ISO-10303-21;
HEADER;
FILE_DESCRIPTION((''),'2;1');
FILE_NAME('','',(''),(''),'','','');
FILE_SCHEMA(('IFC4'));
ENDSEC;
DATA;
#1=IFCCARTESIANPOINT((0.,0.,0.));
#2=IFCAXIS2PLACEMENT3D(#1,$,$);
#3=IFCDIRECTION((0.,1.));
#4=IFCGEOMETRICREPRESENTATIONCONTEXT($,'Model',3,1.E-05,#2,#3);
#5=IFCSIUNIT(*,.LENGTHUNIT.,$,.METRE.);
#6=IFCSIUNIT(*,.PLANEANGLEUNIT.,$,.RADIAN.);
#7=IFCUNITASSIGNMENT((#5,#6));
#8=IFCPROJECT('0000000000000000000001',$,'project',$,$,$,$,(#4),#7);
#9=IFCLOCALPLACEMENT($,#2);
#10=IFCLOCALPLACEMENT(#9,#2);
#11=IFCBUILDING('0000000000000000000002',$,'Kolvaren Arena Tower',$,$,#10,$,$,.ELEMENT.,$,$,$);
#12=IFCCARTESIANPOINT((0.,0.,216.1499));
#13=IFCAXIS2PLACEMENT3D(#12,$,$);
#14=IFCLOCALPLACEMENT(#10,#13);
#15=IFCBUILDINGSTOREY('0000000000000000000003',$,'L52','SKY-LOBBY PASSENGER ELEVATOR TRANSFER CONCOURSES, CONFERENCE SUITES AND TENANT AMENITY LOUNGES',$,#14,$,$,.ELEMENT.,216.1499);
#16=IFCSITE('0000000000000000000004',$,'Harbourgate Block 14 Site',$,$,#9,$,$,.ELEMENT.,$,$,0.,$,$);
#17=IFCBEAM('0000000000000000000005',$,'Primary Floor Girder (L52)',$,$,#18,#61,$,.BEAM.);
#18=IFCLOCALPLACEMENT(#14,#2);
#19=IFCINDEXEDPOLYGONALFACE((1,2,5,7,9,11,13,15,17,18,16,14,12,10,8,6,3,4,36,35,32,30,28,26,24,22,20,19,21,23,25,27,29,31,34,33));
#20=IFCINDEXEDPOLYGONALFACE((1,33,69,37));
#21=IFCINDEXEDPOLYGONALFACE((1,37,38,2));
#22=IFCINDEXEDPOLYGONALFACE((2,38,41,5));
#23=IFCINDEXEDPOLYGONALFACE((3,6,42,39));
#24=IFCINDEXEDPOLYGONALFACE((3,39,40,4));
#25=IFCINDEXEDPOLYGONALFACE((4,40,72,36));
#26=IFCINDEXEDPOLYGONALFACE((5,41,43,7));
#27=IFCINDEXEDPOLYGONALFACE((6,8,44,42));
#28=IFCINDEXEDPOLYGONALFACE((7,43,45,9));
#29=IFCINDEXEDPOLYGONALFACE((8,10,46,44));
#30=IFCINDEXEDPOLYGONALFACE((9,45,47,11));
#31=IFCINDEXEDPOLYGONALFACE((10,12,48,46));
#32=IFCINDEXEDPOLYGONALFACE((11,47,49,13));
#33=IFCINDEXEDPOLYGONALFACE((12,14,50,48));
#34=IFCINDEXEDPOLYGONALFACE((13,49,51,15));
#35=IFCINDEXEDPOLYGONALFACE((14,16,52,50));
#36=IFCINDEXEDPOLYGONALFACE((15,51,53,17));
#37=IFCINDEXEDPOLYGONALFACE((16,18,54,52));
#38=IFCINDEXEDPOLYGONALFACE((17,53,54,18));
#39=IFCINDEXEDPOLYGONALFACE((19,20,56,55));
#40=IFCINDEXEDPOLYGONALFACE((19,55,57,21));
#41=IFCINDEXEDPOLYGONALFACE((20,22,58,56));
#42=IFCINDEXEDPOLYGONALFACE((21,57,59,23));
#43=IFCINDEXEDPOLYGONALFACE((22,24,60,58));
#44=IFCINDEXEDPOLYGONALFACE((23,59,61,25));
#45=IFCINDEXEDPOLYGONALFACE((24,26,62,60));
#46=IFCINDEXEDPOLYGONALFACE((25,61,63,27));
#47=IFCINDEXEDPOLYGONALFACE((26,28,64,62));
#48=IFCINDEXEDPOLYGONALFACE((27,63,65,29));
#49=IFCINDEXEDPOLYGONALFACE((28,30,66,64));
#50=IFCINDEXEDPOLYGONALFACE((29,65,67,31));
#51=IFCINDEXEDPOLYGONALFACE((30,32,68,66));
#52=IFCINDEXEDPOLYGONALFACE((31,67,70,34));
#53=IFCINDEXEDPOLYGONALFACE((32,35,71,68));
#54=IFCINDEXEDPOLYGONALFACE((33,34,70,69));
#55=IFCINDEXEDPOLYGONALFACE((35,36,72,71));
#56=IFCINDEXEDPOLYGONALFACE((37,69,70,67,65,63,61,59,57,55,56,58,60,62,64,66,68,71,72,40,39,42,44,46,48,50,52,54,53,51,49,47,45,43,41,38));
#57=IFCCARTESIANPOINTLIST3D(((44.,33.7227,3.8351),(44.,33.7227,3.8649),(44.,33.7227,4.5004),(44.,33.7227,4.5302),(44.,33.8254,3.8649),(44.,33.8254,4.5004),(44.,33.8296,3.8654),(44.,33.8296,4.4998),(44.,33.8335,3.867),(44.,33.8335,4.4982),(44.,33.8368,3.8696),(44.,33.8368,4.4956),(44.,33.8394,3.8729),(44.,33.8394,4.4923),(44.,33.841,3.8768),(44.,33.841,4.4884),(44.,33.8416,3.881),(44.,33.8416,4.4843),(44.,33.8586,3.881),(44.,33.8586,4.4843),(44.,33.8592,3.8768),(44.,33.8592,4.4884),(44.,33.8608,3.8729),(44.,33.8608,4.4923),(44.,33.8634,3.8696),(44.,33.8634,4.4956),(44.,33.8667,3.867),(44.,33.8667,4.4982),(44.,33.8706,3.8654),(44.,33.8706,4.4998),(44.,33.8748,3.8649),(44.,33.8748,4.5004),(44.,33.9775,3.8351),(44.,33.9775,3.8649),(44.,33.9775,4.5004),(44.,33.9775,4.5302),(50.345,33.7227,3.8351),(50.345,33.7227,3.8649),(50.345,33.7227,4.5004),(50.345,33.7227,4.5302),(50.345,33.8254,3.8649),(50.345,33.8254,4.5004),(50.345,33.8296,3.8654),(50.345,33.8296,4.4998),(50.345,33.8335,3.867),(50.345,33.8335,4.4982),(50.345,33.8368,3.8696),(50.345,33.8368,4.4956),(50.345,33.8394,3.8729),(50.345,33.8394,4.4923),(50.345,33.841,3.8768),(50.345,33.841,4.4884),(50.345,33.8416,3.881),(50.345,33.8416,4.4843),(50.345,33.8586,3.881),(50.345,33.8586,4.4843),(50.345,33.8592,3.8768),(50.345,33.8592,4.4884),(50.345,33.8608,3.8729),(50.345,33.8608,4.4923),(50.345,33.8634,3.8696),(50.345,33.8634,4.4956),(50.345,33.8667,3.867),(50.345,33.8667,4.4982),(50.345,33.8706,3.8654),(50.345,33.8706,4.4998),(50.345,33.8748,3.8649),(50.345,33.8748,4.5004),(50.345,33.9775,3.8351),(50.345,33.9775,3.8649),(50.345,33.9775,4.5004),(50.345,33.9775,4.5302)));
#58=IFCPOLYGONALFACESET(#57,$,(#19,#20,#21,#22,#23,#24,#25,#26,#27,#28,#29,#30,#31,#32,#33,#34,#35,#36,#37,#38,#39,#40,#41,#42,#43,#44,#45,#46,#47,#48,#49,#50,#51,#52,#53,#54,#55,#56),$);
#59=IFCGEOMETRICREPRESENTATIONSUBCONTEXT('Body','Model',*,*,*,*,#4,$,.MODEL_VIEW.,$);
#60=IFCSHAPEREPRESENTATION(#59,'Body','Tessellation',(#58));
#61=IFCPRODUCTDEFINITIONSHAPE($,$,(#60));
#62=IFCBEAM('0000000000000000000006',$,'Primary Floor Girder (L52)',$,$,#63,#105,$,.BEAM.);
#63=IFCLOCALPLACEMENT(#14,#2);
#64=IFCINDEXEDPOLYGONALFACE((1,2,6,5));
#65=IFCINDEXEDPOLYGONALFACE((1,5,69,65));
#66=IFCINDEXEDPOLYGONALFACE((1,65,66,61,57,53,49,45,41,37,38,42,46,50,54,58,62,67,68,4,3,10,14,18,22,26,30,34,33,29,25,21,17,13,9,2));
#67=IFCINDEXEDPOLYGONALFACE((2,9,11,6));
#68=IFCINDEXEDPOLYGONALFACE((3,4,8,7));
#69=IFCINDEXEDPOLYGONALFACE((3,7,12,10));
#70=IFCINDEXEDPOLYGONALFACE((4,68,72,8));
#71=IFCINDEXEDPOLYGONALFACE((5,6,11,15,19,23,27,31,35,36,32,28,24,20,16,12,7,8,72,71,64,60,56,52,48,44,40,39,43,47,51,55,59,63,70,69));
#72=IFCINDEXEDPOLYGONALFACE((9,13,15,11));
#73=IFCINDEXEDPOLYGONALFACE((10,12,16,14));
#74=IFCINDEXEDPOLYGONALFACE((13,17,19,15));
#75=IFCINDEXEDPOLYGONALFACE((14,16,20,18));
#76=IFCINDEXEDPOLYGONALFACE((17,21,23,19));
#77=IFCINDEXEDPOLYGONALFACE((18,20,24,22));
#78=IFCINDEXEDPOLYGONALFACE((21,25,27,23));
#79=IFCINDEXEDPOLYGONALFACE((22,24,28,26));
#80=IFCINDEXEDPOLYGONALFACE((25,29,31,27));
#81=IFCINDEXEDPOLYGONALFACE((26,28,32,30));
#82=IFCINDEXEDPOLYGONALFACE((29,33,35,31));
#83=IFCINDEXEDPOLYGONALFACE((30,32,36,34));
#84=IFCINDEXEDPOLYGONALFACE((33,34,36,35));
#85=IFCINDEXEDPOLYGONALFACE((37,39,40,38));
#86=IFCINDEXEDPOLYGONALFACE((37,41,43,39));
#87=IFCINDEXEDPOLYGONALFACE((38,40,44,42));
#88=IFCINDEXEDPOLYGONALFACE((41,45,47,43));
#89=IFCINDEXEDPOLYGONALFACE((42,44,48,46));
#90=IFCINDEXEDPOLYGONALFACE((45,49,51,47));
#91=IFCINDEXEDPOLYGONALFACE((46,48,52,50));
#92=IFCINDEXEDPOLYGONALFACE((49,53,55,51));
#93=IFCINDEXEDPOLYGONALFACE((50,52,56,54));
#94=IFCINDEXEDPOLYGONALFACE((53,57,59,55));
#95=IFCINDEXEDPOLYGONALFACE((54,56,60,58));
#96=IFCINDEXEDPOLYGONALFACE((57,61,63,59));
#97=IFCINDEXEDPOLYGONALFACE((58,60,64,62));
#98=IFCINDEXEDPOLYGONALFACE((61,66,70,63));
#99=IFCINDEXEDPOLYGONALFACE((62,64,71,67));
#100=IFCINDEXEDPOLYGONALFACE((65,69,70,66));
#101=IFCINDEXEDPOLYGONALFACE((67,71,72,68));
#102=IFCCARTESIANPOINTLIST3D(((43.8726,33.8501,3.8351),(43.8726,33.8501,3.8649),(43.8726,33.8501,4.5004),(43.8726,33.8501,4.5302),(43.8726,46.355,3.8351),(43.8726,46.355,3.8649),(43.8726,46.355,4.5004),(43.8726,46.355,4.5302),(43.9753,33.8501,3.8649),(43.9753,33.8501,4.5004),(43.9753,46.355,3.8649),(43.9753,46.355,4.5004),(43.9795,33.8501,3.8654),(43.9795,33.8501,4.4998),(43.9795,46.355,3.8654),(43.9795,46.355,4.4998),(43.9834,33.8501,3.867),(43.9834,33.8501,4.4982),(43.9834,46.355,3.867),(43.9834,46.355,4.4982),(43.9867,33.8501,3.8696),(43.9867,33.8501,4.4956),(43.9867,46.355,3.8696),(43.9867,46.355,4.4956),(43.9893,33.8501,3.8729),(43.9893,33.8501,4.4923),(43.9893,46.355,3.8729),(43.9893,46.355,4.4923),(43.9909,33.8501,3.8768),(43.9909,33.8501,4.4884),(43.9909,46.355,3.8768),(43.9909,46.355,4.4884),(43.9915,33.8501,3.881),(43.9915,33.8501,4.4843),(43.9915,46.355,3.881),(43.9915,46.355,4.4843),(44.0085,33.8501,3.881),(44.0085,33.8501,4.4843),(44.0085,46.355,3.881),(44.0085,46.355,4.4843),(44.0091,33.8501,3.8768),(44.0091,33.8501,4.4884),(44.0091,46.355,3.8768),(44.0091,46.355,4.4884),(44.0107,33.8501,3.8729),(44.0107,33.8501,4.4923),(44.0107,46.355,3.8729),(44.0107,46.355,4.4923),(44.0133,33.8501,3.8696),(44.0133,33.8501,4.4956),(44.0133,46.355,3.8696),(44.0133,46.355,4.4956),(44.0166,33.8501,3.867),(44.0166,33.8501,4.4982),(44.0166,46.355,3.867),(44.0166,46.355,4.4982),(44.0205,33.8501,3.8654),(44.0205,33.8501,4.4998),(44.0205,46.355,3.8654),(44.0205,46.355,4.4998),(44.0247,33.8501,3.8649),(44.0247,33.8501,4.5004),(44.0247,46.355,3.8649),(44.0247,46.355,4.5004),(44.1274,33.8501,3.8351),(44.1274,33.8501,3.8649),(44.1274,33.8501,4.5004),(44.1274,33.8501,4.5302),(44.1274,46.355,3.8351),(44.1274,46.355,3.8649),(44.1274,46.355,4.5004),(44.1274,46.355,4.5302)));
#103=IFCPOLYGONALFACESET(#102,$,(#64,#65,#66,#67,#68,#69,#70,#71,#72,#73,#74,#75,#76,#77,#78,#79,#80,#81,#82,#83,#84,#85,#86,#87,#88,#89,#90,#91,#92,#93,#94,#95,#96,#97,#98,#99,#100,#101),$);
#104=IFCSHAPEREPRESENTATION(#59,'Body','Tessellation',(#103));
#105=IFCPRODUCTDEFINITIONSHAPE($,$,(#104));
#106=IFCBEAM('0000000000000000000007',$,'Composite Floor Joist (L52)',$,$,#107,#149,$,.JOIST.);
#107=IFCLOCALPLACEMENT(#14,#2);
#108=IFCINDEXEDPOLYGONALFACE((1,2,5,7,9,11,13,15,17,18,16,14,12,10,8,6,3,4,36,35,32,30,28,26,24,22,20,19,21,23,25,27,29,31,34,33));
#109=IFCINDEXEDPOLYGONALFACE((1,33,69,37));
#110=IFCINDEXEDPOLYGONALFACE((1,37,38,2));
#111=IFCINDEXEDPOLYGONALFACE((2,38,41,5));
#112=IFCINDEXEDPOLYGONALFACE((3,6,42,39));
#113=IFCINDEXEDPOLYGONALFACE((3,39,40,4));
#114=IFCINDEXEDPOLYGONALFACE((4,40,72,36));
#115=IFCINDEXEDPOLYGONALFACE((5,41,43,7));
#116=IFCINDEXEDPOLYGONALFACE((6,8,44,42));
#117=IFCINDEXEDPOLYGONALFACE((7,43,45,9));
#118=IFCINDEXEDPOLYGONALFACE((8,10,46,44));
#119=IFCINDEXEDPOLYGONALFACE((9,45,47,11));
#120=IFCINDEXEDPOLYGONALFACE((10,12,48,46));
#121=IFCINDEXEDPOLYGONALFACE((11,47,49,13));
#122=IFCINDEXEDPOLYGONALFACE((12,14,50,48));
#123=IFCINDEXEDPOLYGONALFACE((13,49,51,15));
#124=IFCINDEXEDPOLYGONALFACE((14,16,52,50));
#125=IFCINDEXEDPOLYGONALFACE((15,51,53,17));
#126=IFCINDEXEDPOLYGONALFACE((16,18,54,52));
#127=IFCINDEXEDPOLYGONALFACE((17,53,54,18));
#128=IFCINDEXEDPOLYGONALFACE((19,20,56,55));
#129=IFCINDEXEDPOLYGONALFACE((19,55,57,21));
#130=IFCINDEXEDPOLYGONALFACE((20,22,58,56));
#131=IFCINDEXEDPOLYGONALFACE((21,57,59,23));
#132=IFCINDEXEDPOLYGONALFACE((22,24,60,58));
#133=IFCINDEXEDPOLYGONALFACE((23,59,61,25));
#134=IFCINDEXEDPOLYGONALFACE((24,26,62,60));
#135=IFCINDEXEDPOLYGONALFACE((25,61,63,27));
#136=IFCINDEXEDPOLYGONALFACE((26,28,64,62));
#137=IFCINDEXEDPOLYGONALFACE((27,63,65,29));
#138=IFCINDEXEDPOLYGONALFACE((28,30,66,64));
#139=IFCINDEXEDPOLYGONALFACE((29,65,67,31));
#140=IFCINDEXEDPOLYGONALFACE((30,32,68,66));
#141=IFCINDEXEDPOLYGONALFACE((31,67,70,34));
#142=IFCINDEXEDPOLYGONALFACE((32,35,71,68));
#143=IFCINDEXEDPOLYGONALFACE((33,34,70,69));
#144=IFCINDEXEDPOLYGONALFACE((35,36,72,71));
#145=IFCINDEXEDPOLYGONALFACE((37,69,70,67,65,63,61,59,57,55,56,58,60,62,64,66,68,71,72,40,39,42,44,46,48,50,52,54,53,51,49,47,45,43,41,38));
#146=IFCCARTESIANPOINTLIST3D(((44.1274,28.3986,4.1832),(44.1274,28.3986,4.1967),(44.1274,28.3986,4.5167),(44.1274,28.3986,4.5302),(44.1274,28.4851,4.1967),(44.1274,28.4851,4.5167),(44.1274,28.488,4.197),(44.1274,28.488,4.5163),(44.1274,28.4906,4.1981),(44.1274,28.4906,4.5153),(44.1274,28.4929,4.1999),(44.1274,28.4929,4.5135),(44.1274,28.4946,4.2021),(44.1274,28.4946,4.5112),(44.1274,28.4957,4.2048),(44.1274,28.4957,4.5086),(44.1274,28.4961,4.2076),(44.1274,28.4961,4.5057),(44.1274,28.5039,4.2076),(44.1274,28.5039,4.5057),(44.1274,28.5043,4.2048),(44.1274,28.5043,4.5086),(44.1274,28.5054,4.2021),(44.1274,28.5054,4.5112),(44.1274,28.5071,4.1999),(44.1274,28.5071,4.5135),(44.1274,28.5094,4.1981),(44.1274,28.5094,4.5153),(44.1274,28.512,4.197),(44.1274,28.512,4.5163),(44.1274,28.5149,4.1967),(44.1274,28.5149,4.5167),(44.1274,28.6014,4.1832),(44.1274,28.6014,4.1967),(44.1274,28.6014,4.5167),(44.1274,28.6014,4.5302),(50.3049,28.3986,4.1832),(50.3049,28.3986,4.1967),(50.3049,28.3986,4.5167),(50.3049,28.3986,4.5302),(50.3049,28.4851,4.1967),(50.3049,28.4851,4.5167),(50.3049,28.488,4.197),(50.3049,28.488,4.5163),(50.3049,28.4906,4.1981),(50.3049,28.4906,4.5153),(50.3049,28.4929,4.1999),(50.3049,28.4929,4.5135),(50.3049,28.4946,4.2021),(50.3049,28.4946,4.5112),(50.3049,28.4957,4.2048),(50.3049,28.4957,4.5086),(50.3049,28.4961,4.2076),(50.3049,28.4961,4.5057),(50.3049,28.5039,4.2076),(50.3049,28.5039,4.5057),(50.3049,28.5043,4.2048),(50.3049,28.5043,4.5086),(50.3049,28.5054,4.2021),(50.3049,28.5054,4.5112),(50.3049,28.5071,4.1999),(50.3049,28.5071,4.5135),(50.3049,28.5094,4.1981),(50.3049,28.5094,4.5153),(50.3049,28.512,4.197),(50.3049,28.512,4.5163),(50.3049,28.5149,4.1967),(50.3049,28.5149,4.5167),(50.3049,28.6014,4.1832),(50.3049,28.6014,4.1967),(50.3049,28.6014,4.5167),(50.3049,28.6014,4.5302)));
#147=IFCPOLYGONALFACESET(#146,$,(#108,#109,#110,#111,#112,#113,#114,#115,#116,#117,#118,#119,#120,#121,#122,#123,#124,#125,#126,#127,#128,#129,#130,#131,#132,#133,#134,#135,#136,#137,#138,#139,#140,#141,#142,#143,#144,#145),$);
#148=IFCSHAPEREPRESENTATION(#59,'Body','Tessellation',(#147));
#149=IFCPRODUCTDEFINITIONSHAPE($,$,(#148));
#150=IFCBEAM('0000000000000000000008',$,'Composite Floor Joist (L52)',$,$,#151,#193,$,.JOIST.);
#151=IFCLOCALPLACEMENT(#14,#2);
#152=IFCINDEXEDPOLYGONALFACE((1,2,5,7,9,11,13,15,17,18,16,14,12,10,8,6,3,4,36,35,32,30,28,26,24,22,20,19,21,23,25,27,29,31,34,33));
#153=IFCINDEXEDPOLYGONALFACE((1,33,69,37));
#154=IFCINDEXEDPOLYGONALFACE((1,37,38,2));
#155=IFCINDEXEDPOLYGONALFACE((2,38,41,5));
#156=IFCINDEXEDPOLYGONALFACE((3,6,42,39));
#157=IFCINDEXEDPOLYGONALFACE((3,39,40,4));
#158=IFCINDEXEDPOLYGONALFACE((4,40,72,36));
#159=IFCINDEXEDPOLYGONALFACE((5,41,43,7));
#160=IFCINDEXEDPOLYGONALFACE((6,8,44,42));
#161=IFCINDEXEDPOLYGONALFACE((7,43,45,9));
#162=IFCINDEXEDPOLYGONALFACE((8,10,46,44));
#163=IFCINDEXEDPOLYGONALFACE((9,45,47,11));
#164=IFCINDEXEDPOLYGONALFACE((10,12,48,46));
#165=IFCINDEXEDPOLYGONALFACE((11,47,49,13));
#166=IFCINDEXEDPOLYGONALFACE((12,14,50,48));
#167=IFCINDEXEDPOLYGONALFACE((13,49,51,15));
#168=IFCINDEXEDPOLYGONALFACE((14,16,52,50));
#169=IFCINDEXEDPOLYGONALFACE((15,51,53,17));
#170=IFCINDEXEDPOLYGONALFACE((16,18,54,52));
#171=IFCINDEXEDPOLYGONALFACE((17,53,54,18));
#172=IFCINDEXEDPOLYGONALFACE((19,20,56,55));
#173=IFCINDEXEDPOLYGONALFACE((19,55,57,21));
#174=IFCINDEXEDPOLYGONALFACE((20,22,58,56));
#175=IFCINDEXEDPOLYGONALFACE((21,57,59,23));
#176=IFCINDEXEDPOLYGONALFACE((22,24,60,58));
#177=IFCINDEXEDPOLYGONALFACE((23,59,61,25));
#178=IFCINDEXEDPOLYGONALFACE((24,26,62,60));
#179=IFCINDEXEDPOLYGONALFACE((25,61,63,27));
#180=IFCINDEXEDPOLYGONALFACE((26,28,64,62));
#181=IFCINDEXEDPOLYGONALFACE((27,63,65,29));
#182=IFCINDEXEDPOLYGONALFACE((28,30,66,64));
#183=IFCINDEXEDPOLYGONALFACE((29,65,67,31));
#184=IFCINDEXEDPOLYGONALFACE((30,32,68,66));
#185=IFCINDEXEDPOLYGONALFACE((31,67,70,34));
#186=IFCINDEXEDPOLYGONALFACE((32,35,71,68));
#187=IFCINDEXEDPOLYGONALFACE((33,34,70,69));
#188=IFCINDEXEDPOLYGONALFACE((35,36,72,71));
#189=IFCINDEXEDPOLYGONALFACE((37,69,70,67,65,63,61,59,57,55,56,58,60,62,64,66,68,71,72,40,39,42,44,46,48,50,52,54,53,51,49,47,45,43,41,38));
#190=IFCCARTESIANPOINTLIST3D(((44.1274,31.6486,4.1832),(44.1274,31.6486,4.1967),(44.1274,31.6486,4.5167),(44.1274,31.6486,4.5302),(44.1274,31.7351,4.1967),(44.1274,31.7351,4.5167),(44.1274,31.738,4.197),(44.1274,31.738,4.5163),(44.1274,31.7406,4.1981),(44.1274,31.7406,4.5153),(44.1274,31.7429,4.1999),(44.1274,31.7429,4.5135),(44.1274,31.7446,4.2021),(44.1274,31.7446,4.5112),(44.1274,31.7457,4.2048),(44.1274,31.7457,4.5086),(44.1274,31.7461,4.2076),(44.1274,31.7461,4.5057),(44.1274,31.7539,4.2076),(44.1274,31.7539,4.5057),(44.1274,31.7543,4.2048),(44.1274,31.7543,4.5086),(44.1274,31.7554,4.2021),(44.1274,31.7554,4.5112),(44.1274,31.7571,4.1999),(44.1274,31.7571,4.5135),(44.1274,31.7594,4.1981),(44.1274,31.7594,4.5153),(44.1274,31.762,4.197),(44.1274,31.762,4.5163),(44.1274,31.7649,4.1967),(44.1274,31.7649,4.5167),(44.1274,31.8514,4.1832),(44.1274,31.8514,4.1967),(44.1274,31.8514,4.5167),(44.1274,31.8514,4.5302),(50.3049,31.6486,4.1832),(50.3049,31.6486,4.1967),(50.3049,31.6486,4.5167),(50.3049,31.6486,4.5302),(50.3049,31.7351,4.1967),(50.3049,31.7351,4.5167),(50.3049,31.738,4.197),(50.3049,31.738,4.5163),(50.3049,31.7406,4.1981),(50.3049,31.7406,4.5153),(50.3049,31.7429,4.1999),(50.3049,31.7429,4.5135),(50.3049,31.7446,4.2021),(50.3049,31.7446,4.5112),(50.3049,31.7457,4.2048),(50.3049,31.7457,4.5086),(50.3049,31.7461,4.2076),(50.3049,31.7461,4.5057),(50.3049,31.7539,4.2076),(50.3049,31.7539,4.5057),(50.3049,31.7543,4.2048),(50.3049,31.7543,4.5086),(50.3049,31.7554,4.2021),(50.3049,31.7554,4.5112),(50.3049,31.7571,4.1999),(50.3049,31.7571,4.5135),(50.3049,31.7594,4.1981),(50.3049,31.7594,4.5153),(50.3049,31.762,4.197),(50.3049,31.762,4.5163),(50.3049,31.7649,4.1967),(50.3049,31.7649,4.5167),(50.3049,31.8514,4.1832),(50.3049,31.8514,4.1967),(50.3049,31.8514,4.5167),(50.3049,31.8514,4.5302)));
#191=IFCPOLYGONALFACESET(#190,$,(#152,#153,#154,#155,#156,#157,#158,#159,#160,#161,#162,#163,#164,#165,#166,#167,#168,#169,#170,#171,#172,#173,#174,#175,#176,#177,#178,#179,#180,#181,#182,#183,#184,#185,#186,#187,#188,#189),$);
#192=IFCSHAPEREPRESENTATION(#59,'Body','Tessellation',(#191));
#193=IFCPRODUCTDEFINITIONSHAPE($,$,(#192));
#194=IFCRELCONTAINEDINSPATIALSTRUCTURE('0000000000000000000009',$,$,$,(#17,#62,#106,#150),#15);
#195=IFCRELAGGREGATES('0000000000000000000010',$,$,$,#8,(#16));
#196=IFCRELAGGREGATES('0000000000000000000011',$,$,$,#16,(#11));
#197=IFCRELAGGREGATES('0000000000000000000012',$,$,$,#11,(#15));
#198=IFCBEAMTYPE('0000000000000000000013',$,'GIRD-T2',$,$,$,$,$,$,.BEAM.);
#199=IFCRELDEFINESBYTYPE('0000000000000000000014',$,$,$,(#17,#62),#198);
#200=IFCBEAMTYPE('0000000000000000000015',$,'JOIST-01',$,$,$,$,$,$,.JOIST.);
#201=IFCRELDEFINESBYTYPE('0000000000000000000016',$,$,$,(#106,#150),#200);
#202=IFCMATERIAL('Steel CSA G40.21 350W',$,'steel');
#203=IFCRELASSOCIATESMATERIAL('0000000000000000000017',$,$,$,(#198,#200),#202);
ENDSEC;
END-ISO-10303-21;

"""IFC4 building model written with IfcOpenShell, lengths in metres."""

from ifc_helpers import new_model, si_unit, direction, frame, origin, origin_2d, place, context, subcontext, project, spatial, i_section, extrude, material, material_profile, profile_set, type_object, element, save


model = new_model("IFC4")

# Units and contexts
model_context = context("Model", 3, precision=1e-05, world=origin(), true_north=direction((0.0, 1.0)))
body_context = subcontext(model_context, "Body", "Model", "MODEL_VIEW")
ifc_project = project(units=[si_unit("LENGTHUNIT", "METRE"), si_unit("PLANEANGLEUNIT", "RADIAN")], contexts=[model_context])

# Site, building, storey
site_placement = place(None, origin())
site = spatial("IfcSite", under=ifc_project, at=site_placement, Name="Harbourgate Block 14 Site", CompositionType="ELEMENT", RefElevation=0.0)
building_placement = place(site_placement, origin())
building = spatial("IfcBuilding", under=site, at=building_placement, Name="Kolvaren Arena Tower", CompositionType="ELEMENT")
storey_placement = place(building_placement, frame((0.0, 0.0, 216.1499)))
storey = spatial("IfcBuildingStorey", under=building, at=storey_placement, Name="L52", Description="SKY-LOBBY PASSENGER ELEVATOR TRANSFER CONCOURSES, CONFERENCE SUITES AND TENANT AMENITY LOUNGES", CompositionType="ELEMENT", Elevation=216.1499)

# Beams
ifc_material_1 = material(Name="Steel CSA G40.21 350W", Category="steel")
ifc_material_profile_1 = material_profile(ifc_material_1, i_section(OverallWidth=0.2549, OverallDepth=0.6951, WebThickness=0.0171, FlangeThickness=0.0298, FilletRadius=0.0161, at=origin_2d()), Name="W690x217")
ifc_profile_set_1 = profile_set([ifc_material_profile_1], Name="Steel CSA G40.21 350W")
beam_type_1 = type_object("IfcBeamType", Name="GIRD-T2", PredefinedType="BEAM", material=ifc_profile_set_1)
beam_1_placement = place(storey_placement, frame((44.0, 33.8501, 4.1826), z_axis=(1.0, 0.0, 0.0), x_axis=(0.0, 1.0, 0.0)))
element("IfcBeam", 1, at=beam_1_placement, inside=storey, type_object=beam_type_1, Name="Primary Floor Girder (L52)", PredefinedType="BEAM", context=body_context, shape_type="SweptSolid", body=[
    extrude(i_section(OverallWidth=0.2549, OverallDepth=0.6951, WebThickness=0.0171, FlangeThickness=0.0298, FilletRadius=0.0161, at=origin_2d()), origin(), (0.0, 0.0, 1.0), 6.345),
])
beam_2_placement = place(storey_placement, frame((44.0, 33.8501, 4.1826), z_axis=(0.0, 1.0, 0.0), x_axis=(-1.0, 0.0, 0.0)))
element("IfcBeam", 2, at=beam_2_placement, inside=storey, type_object=beam_type_1, Name="Primary Floor Girder (L52)", PredefinedType="BEAM", context=body_context, shape_type="SweptSolid", body=[
    extrude(i_section(OverallWidth=0.2549, OverallDepth=0.6951, WebThickness=0.0171, FlangeThickness=0.0298, FilletRadius=0.0161, at=origin_2d()), origin(), (0.0, 0.0, 1.0), 12.5049),
])
ifc_material_profile_2 = material_profile(ifc_material_1, i_section(OverallWidth=0.2029, OverallDepth=0.3469, WebThickness=0.0078, FlangeThickness=0.0134, FilletRadius=0.011, at=origin_2d()), Name="W360x64")
ifc_profile_set_2 = profile_set([ifc_material_profile_2], Name="Steel CSA G40.21 350W")
beam_type_2 = type_object("IfcBeamType", Name="JOIST-01", PredefinedType="JOIST", material=ifc_profile_set_2)
for number, where, z_axis, x_axis, name in (
    (3, (44.1274, 28.5, 4.3567), (1.0, 0.0, 0.0), (0.0, 1.0, 0.0), "Composite Floor Joist (L52)"),
    (4, (44.1274, 31.75, 4.3567), (1.0, 0.0, 0.0), (0.0, 1.0, 0.0), "Composite Floor Joist (L52)"),
):
    element("IfcBeam", number, at=place(storey_placement, frame(where, z_axis=z_axis, x_axis=x_axis)), inside=storey, type_object=beam_type_2, Name=name, PredefinedType="JOIST", context=body_context, shape_type="SweptSolid", body=[
        extrude(i_section(OverallWidth=0.2029, OverallDepth=0.3469, WebThickness=0.0078, FlangeThickness=0.0134, FilletRadius=0.011, at=origin_2d()), origin(), (0.0, 0.0, 1.0), 6.1775),
    ])

save(model, "model.ifc")
